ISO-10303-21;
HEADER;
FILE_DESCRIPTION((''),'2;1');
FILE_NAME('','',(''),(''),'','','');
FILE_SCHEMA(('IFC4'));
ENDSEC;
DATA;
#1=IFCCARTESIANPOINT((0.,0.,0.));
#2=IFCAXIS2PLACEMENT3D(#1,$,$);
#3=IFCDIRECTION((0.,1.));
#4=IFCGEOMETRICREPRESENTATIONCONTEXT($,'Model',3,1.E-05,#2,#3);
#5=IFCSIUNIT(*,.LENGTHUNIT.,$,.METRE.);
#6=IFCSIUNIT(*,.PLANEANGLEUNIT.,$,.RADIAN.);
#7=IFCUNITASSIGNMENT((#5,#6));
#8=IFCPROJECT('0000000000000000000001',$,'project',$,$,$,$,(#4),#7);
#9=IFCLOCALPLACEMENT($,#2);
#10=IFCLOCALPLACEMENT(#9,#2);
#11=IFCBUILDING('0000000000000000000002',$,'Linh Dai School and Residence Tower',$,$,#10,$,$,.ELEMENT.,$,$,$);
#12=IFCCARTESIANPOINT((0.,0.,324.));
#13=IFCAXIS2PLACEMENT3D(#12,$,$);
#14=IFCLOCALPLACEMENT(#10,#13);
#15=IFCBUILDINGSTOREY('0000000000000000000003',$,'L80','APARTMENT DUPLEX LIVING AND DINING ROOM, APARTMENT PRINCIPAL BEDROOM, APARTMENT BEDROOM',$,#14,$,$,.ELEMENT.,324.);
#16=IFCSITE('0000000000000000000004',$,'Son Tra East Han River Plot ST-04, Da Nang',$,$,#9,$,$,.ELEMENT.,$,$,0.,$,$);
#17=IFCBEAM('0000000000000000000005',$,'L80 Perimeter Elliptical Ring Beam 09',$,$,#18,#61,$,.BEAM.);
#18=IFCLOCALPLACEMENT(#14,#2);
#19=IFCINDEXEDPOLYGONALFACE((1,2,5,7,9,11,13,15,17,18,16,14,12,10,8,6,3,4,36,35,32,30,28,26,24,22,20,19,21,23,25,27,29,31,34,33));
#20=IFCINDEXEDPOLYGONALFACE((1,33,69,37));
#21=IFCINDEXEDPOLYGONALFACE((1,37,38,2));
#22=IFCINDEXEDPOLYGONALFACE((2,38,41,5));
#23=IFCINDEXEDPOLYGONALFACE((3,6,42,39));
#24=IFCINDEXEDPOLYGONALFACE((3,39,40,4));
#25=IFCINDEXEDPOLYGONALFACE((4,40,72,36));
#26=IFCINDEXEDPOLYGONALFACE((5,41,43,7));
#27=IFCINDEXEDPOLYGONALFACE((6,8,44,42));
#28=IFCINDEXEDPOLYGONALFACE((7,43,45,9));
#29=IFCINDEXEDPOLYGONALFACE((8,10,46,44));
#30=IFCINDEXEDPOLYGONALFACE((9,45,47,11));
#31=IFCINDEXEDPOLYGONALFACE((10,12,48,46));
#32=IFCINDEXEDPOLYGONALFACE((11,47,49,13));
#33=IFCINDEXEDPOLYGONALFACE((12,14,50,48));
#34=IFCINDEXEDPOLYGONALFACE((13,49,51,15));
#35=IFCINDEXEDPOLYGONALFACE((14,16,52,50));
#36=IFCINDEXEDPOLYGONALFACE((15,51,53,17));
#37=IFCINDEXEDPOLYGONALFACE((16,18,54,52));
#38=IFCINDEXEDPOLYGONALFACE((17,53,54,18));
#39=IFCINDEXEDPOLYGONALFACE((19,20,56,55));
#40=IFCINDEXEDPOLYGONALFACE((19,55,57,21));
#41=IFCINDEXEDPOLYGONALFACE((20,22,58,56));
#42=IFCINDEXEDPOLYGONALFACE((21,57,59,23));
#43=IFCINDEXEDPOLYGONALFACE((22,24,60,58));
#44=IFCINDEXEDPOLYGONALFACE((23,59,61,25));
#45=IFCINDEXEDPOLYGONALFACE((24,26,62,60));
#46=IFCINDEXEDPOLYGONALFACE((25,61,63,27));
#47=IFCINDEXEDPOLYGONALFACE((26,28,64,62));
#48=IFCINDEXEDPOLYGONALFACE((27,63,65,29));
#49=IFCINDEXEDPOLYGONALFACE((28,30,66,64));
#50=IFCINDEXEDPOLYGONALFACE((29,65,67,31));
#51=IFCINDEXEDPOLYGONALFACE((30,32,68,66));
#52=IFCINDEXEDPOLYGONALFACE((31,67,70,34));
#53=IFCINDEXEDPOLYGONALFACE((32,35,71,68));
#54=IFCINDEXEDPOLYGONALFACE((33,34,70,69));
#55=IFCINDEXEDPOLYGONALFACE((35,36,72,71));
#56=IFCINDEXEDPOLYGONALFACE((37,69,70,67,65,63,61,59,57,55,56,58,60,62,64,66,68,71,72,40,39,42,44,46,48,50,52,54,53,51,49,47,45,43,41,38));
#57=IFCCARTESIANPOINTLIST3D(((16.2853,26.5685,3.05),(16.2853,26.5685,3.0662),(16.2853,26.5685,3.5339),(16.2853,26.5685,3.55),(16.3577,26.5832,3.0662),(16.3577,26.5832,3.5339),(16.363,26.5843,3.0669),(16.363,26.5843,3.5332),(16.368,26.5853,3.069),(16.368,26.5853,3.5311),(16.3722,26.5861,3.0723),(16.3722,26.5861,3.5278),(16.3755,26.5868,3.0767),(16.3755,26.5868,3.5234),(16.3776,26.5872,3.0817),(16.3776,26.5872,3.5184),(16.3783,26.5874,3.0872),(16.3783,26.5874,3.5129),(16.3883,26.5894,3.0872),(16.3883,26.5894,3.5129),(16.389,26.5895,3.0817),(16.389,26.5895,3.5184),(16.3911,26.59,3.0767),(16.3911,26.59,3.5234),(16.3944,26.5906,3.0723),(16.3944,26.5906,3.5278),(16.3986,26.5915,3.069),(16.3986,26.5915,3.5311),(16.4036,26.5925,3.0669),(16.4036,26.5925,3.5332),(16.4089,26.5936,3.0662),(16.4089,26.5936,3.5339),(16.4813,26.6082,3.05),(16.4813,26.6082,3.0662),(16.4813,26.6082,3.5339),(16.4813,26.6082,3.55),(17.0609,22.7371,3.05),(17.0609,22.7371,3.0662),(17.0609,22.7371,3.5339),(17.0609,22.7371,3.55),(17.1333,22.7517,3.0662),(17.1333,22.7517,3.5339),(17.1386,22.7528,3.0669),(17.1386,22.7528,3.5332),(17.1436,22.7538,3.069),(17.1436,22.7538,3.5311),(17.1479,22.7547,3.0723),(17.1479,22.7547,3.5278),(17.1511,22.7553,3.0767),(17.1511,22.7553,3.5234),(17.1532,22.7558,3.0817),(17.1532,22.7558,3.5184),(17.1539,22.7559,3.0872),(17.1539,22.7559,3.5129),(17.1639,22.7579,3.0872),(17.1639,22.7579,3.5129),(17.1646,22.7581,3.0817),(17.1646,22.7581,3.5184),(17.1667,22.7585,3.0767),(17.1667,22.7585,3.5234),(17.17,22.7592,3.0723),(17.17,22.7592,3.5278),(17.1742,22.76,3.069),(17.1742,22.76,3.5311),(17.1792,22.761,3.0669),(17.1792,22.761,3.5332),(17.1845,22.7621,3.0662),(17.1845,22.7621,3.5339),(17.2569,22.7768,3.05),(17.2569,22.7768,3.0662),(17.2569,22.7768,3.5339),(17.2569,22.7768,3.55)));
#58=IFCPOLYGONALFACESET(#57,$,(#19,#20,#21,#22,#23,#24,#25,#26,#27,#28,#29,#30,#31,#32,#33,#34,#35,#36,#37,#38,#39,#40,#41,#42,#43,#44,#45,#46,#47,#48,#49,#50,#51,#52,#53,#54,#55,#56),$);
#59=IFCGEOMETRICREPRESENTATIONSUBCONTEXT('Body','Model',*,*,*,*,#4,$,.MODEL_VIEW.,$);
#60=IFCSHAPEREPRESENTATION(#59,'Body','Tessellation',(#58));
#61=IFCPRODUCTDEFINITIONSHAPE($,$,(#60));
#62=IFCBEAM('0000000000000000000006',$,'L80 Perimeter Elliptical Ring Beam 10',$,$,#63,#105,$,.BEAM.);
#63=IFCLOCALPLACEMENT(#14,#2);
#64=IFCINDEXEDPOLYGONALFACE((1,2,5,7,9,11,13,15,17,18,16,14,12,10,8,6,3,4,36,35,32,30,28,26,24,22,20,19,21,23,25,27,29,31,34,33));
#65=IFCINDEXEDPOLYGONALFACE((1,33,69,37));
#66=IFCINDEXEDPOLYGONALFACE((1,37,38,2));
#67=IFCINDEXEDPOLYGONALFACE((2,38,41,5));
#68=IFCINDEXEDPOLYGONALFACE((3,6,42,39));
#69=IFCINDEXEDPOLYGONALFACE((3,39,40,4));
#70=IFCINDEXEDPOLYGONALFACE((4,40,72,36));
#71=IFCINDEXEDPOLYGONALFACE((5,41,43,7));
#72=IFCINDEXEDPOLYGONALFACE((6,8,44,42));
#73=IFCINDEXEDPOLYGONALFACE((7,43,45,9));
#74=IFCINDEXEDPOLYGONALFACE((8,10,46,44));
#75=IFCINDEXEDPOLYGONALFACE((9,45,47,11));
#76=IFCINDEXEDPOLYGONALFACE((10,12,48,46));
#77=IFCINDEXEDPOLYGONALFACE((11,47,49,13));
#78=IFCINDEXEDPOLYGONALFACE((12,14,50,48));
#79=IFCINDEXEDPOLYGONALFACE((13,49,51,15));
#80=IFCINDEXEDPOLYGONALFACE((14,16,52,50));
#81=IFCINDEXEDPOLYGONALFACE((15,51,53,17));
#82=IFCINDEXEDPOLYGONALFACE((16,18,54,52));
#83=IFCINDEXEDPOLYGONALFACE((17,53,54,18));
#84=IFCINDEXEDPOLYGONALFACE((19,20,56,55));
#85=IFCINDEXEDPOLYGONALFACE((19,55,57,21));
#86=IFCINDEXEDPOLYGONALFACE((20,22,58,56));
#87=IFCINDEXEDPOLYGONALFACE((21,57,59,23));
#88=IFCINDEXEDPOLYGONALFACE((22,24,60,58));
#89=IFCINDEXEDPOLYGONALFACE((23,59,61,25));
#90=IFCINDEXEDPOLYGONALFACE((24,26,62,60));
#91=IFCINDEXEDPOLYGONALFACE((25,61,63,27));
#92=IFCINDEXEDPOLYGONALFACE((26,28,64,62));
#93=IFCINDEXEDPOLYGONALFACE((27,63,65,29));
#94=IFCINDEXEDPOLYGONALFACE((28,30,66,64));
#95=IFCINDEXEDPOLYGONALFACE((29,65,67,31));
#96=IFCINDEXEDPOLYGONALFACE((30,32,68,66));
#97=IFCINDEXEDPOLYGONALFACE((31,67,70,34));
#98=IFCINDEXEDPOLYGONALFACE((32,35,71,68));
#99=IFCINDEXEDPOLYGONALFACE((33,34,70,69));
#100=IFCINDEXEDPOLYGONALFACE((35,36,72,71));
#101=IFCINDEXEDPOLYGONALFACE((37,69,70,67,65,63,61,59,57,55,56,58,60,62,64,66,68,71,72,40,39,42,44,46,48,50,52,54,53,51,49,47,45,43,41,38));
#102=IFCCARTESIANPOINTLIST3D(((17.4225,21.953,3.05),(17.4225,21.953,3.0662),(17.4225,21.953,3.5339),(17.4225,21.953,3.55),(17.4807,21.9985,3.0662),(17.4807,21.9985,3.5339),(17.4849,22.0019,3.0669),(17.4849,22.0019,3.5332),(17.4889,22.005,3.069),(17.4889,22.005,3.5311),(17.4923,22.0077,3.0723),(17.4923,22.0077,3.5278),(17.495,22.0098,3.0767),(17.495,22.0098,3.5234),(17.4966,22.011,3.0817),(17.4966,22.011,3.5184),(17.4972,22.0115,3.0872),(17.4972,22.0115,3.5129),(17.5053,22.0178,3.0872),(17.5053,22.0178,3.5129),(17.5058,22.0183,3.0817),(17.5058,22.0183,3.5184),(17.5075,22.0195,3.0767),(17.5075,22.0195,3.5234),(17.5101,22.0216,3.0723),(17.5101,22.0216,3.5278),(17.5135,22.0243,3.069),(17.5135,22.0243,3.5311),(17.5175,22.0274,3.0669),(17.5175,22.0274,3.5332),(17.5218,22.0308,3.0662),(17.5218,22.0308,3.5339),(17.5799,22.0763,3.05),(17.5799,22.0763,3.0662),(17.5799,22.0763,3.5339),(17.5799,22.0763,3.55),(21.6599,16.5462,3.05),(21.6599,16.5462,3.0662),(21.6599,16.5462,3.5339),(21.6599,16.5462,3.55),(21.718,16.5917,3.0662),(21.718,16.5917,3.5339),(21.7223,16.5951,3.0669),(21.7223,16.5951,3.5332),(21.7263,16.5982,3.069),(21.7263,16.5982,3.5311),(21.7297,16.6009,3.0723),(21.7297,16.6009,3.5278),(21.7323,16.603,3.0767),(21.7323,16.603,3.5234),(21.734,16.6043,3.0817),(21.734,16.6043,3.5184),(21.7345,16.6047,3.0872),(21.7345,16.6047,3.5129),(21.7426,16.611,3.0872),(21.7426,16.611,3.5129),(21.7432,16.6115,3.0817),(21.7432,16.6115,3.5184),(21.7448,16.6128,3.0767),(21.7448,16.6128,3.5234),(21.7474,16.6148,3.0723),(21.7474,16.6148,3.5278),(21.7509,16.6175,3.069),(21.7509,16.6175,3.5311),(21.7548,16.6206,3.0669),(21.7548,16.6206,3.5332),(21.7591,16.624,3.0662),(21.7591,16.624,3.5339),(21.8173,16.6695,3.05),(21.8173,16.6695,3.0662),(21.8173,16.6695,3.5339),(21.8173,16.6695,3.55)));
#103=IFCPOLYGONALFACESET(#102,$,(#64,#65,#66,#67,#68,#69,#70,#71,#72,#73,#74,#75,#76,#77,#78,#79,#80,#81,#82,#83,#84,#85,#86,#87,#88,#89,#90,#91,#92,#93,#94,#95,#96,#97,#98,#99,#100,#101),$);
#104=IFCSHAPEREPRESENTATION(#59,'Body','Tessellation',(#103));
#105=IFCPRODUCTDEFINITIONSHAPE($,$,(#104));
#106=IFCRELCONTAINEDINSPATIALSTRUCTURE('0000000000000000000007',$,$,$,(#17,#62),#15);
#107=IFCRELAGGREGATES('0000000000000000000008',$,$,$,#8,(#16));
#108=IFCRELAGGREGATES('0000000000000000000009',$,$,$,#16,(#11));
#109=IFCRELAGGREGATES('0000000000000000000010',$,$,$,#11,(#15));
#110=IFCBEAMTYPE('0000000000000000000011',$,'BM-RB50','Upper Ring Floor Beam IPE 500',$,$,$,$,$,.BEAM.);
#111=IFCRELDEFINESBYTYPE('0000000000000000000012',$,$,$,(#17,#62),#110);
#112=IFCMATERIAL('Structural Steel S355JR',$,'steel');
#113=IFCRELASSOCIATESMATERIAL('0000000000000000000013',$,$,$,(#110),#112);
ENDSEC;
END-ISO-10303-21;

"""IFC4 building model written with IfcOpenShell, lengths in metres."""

from ifc_helpers import new_model, si_unit, direction, frame, origin, origin_2d, place, context, subcontext, project, spatial, i_section, extrude, material, material_profile, profile_set, type_object, element, save


model = new_model("IFC4")

# Units and contexts
model_context = context("Model", 3, precision=1e-05, world=origin(), true_north=direction((0.0, 1.0)))
body_context = subcontext(model_context, "Body", "Model", "MODEL_VIEW")
ifc_project = project(units=[si_unit("LENGTHUNIT", "METRE"), si_unit("PLANEANGLEUNIT", "RADIAN")], contexts=[model_context])

# Site, building, storey
site_placement = place(None, origin())
site = spatial("IfcSite", under=ifc_project, at=site_placement, Name="Son Tra East Han River Plot ST-04, Da Nang", CompositionType="ELEMENT", RefElevation=0.0)
building_placement = place(site_placement, origin())
building = spatial("IfcBuilding", under=site, at=building_placement, Name="Linh Dai School and Residence Tower", CompositionType="ELEMENT")
storey_placement = place(building_placement, frame((0.0, 0.0, 324.0)))
storey = spatial("IfcBuildingStorey", under=building, at=storey_placement, Name="L80", Description="APARTMENT DUPLEX LIVING AND DINING ROOM, APARTMENT PRINCIPAL BEDROOM, APARTMENT BEDROOM", CompositionType="ELEMENT", Elevation=324.0)

# Shared definitions
ifc_material_1 = material(Name="Structural Steel S355JR", Category="steel")

# Beams
ifc_material_profile_1 = material_profile(ifc_material_1, i_section(OverallWidth=0.2, OverallDepth=0.5, WebThickness=0.0103, FlangeThickness=0.0161, FilletRadius=0.021, at=origin_2d()), Name="IPE 500")
ifc_profile_set_1 = profile_set([ifc_material_profile_1], Name="Structural Steel S355JR")
beam_type = type_object("IfcBeamType", Name="BM-RB50", Description="Upper Ring Floor Beam IPE 500", PredefinedType="BEAM", material=ifc_profile_set_1)
beam_1_placement = place(storey_placement, frame((16.3833, 26.5884, 3.3), z_axis=(0.19841, -0.980119, 0.0), x_axis=(0.980119, 0.19841, 0.0)))
element("IfcBeam", 1, at=beam_1_placement, inside=storey, type_object=beam_type, Name="L80 Perimeter Elliptical Ring Beam 09", PredefinedType="BEAM", context=body_context, shape_type="SweptSolid", body=[
    extrude(i_section(OverallWidth=0.2, OverallDepth=0.5, WebThickness=0.0103, FlangeThickness=0.0161, FilletRadius=0.021, at=origin_2d()), origin(), (0.0, 0.0, 1.0), 3.9092),
])
beam_2_placement = place(storey_placement, frame((17.5012, 22.0146, 3.3), z_axis=(0.616845, -0.787085, 0.0), x_axis=(0.787085, 0.616845, 0.0)))
element("IfcBeam", 2, at=beam_2_placement, inside=storey, type_object=beam_type, Name="L80 Perimeter Elliptical Ring Beam 10", PredefinedType="BEAM", context=body_context, shape_type="SweptSolid", body=[
    extrude(i_section(OverallWidth=0.2, OverallDepth=0.5, WebThickness=0.0103, FlangeThickness=0.0161, FilletRadius=0.021, at=origin_2d()), origin(), (0.0, 0.0, 1.0), 6.8694),
])

save(model, "model.ifc")
